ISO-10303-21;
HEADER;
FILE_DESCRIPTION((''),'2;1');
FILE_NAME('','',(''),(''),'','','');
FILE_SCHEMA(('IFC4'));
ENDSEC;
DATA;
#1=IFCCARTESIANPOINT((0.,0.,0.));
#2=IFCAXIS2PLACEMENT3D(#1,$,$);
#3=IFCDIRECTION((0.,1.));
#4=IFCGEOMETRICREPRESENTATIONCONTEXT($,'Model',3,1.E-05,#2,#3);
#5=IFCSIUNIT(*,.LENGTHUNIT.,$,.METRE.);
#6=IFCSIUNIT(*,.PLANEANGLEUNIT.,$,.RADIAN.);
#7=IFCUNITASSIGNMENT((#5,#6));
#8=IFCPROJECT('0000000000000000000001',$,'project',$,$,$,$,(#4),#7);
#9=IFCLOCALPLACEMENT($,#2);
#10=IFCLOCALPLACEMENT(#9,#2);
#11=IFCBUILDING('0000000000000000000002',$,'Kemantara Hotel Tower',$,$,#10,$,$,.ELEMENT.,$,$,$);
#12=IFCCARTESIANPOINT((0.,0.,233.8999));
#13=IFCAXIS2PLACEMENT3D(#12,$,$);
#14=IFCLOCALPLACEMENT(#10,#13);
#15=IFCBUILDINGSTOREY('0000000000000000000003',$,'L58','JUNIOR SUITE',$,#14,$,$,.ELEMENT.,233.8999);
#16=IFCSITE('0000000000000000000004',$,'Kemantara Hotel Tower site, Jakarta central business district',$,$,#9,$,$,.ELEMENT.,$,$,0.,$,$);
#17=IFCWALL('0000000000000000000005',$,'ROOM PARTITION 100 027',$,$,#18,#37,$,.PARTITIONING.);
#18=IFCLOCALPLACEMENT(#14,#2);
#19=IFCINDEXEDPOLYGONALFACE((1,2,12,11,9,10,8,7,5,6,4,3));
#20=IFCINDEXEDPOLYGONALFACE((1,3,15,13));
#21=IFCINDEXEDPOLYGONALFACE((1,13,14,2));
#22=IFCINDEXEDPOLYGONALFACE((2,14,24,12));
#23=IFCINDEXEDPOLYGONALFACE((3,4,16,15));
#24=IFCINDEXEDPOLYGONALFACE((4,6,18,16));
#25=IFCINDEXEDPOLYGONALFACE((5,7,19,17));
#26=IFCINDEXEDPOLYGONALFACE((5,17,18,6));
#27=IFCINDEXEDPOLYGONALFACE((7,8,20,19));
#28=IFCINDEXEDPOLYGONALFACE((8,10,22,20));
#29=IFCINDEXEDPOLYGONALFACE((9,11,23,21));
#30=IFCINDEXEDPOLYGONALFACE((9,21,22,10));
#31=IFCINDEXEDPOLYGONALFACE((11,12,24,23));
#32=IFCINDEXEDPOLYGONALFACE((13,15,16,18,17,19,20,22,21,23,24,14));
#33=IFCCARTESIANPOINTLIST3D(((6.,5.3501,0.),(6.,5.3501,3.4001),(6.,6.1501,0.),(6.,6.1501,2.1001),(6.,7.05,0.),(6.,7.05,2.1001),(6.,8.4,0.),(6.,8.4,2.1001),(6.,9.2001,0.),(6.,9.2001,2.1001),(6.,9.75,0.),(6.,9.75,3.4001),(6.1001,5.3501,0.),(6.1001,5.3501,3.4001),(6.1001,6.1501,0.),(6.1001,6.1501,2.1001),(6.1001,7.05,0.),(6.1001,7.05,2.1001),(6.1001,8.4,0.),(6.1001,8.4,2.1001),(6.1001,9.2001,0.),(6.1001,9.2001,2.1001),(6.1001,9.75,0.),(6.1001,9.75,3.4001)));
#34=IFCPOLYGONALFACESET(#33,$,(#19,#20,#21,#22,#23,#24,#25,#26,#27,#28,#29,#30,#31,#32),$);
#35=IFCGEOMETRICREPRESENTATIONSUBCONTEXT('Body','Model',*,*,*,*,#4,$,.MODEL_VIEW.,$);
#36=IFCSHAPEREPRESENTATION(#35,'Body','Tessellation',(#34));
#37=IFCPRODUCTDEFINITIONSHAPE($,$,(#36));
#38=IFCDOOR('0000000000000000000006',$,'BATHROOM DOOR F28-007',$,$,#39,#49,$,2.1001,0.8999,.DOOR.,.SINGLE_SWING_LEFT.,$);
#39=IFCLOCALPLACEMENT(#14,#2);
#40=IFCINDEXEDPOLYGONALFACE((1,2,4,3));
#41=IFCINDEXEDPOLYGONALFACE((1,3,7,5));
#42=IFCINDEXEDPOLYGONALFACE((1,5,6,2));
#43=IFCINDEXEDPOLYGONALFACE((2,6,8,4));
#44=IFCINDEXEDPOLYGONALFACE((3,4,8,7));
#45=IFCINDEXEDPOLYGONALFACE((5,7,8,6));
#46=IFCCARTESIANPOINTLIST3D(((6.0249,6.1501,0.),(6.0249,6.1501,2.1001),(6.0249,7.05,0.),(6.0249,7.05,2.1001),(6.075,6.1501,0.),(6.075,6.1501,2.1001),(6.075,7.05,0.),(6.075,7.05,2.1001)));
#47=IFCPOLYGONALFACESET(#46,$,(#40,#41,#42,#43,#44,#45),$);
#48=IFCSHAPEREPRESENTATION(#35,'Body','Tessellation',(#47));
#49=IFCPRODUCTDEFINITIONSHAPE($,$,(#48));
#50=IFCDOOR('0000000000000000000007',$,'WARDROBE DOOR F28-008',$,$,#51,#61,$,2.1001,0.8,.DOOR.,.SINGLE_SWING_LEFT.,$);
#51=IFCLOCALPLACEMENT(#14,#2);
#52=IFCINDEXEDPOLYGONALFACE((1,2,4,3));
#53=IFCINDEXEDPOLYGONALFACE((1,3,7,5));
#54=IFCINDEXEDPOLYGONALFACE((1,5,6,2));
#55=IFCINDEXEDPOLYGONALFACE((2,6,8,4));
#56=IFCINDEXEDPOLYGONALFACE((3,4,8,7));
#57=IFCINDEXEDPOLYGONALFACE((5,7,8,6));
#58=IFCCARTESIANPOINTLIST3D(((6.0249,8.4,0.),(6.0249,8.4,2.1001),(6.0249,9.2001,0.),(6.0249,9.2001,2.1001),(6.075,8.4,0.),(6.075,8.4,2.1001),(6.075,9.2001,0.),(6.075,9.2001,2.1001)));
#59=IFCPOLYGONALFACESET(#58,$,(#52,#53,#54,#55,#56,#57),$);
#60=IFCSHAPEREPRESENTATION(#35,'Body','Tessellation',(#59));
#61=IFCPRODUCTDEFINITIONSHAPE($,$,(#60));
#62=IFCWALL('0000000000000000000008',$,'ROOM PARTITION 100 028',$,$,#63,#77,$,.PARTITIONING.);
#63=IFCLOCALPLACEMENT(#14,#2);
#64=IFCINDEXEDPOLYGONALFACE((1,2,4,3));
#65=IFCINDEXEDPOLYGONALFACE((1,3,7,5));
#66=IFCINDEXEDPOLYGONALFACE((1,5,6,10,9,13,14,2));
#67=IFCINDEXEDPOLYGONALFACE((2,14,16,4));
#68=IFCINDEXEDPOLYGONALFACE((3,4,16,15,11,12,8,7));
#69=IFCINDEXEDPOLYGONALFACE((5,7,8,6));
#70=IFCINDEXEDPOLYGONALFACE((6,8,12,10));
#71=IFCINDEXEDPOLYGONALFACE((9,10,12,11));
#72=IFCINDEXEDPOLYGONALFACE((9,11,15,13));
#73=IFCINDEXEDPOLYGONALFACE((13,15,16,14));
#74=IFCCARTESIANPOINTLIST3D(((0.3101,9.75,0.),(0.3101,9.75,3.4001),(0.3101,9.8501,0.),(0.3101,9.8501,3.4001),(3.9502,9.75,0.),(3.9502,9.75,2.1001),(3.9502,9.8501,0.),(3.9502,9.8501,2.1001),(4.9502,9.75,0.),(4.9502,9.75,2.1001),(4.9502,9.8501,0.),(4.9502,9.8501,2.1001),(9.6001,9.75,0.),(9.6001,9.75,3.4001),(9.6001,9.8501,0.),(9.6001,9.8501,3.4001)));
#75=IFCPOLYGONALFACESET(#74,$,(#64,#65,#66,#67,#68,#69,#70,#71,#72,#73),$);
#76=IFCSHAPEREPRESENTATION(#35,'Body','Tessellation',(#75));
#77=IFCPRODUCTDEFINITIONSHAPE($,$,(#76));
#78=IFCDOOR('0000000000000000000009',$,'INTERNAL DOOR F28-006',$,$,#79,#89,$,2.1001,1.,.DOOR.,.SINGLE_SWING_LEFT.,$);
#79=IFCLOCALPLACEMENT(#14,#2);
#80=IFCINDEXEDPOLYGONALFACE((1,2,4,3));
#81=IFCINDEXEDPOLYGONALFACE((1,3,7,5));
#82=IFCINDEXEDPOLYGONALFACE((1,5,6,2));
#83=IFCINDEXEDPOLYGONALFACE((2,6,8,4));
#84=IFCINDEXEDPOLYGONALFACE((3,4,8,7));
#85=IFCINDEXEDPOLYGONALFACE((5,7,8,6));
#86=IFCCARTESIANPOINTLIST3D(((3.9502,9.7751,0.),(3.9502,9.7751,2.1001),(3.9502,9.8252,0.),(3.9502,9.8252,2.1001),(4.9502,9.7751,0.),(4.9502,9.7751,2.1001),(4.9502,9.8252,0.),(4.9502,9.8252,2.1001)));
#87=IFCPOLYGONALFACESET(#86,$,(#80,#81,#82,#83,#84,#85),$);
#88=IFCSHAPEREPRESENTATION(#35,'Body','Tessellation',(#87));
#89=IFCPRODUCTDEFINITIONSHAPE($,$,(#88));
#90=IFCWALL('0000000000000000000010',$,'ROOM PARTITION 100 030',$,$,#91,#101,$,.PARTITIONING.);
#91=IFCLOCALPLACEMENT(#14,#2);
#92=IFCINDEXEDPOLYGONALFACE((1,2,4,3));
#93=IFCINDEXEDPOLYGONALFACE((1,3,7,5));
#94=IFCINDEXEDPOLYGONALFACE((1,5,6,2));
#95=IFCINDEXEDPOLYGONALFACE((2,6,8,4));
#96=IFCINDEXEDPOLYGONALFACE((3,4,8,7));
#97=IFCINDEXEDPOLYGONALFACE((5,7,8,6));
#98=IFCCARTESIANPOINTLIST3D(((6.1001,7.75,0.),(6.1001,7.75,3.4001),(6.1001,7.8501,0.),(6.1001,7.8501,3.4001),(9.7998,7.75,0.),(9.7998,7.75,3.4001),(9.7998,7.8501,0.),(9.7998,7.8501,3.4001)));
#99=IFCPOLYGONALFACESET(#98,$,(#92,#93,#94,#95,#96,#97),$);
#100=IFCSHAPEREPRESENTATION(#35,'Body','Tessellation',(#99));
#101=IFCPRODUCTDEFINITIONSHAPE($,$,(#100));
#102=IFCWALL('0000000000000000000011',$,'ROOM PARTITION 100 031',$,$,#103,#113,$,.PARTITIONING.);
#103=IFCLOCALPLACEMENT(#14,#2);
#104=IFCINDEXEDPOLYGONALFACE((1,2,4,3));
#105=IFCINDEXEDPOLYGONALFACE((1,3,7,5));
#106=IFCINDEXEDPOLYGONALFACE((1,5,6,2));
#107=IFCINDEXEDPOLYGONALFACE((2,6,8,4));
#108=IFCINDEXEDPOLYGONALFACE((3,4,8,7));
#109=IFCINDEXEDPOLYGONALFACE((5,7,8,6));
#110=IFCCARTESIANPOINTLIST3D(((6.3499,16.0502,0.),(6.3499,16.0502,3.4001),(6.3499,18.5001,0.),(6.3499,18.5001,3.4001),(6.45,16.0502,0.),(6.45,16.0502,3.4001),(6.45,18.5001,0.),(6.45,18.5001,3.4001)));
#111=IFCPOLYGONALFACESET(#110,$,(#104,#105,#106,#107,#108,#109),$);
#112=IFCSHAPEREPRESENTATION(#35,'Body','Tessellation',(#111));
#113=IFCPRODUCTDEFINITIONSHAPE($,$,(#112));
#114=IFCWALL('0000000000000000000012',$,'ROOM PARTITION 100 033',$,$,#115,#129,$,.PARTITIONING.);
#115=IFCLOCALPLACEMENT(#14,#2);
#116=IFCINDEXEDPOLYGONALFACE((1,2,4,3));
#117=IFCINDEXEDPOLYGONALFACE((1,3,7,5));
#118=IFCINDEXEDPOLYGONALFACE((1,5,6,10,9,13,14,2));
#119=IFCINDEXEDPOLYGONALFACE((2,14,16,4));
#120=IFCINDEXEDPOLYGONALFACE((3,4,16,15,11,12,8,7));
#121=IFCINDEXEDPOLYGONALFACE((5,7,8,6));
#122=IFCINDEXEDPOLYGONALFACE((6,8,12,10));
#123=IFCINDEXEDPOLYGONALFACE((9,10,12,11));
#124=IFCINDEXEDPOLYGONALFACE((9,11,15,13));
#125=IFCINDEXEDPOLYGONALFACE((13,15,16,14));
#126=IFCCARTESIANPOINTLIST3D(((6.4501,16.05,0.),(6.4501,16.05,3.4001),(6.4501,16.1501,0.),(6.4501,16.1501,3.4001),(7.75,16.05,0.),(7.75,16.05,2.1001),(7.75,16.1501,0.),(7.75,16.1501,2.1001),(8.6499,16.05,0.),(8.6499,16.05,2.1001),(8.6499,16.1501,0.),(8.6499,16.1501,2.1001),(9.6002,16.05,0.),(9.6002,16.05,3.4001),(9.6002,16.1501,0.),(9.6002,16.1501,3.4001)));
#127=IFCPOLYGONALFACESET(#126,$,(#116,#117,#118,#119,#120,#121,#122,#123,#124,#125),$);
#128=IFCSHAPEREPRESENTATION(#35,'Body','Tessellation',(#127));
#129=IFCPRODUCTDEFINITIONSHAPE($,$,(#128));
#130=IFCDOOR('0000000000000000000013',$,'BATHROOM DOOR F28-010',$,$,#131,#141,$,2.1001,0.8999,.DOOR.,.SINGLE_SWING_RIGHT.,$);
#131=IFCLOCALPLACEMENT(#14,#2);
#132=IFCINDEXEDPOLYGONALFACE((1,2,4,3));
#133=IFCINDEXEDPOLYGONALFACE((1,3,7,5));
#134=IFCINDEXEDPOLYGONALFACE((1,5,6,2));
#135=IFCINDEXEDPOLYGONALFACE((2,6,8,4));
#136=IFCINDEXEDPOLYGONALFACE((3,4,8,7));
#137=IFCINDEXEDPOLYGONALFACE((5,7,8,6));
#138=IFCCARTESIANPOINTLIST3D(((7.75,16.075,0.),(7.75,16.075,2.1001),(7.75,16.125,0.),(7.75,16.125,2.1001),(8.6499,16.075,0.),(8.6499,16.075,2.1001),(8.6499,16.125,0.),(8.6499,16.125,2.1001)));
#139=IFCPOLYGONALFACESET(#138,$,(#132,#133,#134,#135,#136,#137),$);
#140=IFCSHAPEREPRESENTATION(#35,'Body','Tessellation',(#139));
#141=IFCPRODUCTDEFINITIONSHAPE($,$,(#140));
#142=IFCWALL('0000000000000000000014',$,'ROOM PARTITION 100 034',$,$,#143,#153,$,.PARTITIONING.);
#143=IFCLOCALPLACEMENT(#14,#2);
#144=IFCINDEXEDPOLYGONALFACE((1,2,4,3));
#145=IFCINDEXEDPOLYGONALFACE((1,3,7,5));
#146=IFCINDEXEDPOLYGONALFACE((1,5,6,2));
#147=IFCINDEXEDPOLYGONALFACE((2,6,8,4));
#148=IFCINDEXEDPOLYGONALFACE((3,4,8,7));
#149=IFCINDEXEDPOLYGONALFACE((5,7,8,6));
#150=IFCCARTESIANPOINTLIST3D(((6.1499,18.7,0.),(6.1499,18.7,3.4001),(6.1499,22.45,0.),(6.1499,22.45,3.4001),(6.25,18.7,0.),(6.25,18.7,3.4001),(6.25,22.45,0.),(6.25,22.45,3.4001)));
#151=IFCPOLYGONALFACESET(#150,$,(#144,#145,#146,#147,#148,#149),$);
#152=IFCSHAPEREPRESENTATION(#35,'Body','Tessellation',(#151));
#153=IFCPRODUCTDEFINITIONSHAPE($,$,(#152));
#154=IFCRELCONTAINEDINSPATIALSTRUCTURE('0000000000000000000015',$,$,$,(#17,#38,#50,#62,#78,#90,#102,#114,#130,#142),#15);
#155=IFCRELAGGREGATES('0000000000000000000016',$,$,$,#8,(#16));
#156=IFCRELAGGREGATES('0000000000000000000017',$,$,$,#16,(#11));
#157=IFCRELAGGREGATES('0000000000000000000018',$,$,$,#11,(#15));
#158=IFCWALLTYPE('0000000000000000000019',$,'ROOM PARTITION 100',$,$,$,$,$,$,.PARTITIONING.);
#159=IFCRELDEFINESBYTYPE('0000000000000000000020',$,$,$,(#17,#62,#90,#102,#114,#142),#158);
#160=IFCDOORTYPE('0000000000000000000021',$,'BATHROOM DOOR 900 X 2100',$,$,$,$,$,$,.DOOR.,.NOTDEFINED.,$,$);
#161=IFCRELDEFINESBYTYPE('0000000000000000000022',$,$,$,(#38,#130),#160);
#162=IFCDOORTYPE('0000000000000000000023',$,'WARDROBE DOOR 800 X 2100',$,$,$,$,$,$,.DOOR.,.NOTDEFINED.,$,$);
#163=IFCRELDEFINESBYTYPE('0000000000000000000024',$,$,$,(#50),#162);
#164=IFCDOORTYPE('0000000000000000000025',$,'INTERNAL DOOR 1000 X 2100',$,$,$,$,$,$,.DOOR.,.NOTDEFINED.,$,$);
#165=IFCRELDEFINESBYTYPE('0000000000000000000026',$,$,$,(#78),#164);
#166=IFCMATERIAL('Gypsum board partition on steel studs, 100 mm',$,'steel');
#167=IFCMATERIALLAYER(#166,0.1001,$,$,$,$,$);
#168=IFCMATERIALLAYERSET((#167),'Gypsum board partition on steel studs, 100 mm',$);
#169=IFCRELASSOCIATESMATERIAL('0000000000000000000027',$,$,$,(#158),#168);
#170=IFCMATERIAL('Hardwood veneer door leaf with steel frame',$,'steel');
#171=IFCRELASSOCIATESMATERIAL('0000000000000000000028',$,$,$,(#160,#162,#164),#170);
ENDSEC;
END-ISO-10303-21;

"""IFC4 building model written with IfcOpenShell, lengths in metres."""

from ifc_helpers import new_model, si_unit, direction, frame, frame_2d, origin, place, context, subcontext, project, spatial, rectangle, extrude, material, layer, layer_set, type_object, element, fill, save


model = new_model("IFC4")

# Units and contexts
model_context = context("Model", 3, precision=1e-05, world=origin(), true_north=direction((0.0, 1.0)))
body_context = subcontext(model_context, "Body", "Model", "MODEL_VIEW")
ifc_project = project(units=[si_unit("LENGTHUNIT", "METRE"), si_unit("PLANEANGLEUNIT", "RADIAN")], contexts=[model_context])

# Site, building, storey
site_placement = place(None, origin())
site = spatial("IfcSite", under=ifc_project, at=site_placement, Name="Kemantara Hotel Tower site, Jakarta central business district", CompositionType="ELEMENT", RefElevation=0.0)
building_placement = place(site_placement, origin())
building = spatial("IfcBuilding", under=site, at=building_placement, Name="Kemantara Hotel Tower", CompositionType="ELEMENT")
storey_placement = place(building_placement, frame((0.0, 0.0, 233.8999)))
storey = spatial("IfcBuildingStorey", under=building, at=storey_placement, Name="L58", Description="JUNIOR SUITE", CompositionType="ELEMENT", Elevation=233.8999)

# Shared definitions
ifc_material_1 = material(Name="Hardwood veneer door leaf with steel frame", Category="steel")

# Wall, openings, doors
ifc_material_2 = material(Name="Gypsum board partition on steel studs, 100 mm", Category="steel")
ifc_layer_1 = layer(ifc_material_2, 0.1001)
ifc_layer_set_1 = layer_set([ifc_layer_1], Name="Gypsum board partition on steel studs, 100 mm")
wall_type_1 = type_object("IfcWallType", Name="ROOM PARTITION 100", PredefinedType="PARTITIONING", material=ifc_layer_set_1)
wall_1_placement = place(storey_placement, frame((6.05, 9.75, 0.0), z_axis=(0.0, 0.0, 1.0), x_axis=(0.0, -1.0, 0.0)))
wall_1 = element("IfcWall", 1, at=wall_1_placement, inside=storey, type_object=wall_type_1, Name="ROOM PARTITION 100 027", PredefinedType="PARTITIONING", context=body_context, shape_type="SweptSolid", body=[
    extrude(rectangle(XDim=4.3999, YDim=0.1001, at=frame_2d((2.2, 0.0))), origin(), (0.0, 0.0, 1.0), 3.4001),
])
opening_1_placement = place(wall_1_placement, frame((2.7, 0.0, 0.0)))
opening_1 = element("IfcOpeningElement", 2, at=opening_1_placement, cuts=wall_1, PredefinedType="OPENING", context=body_context, shape_type="SweptSolid", body=[
    extrude(rectangle(XDim=0.8999, YDim=2.1001, at=frame_2d((0.45, 1.05))), frame((0.0, 0.0601, 0.0), z_axis=(0.0, -1.0, 0.0), x_axis=(1.0, 0.0, 0.0)), (0.0, 0.0, 1.0), 0.1201),
])
opening_2_placement = place(wall_1_placement, frame((0.55, 0.0, 0.0)))
opening_2 = element("IfcOpeningElement", 3, at=opening_2_placement, cuts=wall_1, PredefinedType="OPENING", context=body_context, shape_type="SweptSolid", body=[
    extrude(rectangle(XDim=0.8, YDim=2.1001, at=frame_2d((0.3999, 1.05))), frame((0.0, 0.0601, 0.0), z_axis=(0.0, -1.0, 0.0), x_axis=(1.0, 0.0, 0.0)), (0.0, 0.0, 1.0), 0.1201),
])
door_type_1 = type_object("IfcDoorType", Name="BATHROOM DOOR 900 X 2100", OperationType="NOTDEFINED", PredefinedType="DOOR", material=ifc_material_1)
door_1_placement = place(opening_1_placement, origin())
door_1 = element("IfcDoor", 4, at=door_1_placement, inside=storey, type_object=door_type_1, Name="BATHROOM DOOR F28-007", OperationType="SINGLE_SWING_LEFT", OverallHeight=2.1001, OverallWidth=0.8999, PredefinedType="DOOR", context=body_context, shape_type="SweptSolid", body=[
    extrude(rectangle(XDim=0.8999, YDim=2.1001, at=frame_2d((0.45, 1.05))), frame((0.0, 0.0249, 0.0), z_axis=(0.0, -1.0, 0.0), x_axis=(1.0, 0.0, 0.0)), (0.0, 0.0, 1.0), 0.05),
])
fill(opening_1, door_1)
door_type_2 = type_object("IfcDoorType", Name="WARDROBE DOOR 800 X 2100", OperationType="NOTDEFINED", PredefinedType="DOOR", material=ifc_material_1)
door_2_placement = place(opening_2_placement, origin())
door_2 = element("IfcDoor", 5, at=door_2_placement, inside=storey, type_object=door_type_2, Name="WARDROBE DOOR F28-008", OperationType="SINGLE_SWING_LEFT", OverallHeight=2.1001, OverallWidth=0.8, PredefinedType="DOOR", context=body_context, shape_type="SweptSolid", body=[
    extrude(rectangle(XDim=0.8, YDim=2.1001, at=frame_2d((0.3999, 1.05))), frame((0.0, 0.0249, 0.0), z_axis=(0.0, -1.0, 0.0), x_axis=(1.0, 0.0, 0.0)), (0.0, 0.0, 1.0), 0.05),
])
fill(opening_2, door_2)

# Wall, opening, door
wall_2_placement = place(storey_placement, frame((9.6001, 9.8, 0.0), z_axis=(0.0, 0.0, 1.0), x_axis=(-1.0, 0.0, 0.0)))
wall_2 = element("IfcWall", 6, at=wall_2_placement, inside=storey, type_object=wall_type_1, Name="ROOM PARTITION 100 028", PredefinedType="PARTITIONING", context=body_context, shape_type="SweptSolid", body=[
    extrude(rectangle(XDim=9.29, YDim=0.1001, at=frame_2d((4.645, 0.0))), origin(), (0.0, 0.0, 1.0), 3.4001),
])
opening_3_placement = place(wall_2_placement, frame((4.6499, 0.0, 0.0)))
opening_3 = element("IfcOpeningElement", 7, at=opening_3_placement, cuts=wall_2, PredefinedType="OPENING", context=body_context, shape_type="SweptSolid", body=[
    extrude(rectangle(XDim=1.0, YDim=2.1001, at=frame_2d((0.5, 1.05))), frame((0.0, 0.0601, 0.0), z_axis=(0.0, -1.0, 0.0), x_axis=(1.0, 0.0, 0.0)), (0.0, 0.0, 1.0), 0.1201),
])
door_type_3 = type_object("IfcDoorType", Name="INTERNAL DOOR 1000 X 2100", OperationType="NOTDEFINED", PredefinedType="DOOR", material=ifc_material_1)
door_3_placement = place(opening_3_placement, origin())
door_3 = element("IfcDoor", 8, at=door_3_placement, inside=storey, type_object=door_type_3, Name="INTERNAL DOOR F28-006", OperationType="SINGLE_SWING_LEFT", OverallHeight=2.1001, OverallWidth=1.0, PredefinedType="DOOR", context=body_context, shape_type="SweptSolid", body=[
    extrude(rectangle(XDim=1.0, YDim=2.1001, at=frame_2d((0.5, 1.05))), frame((0.0, 0.0249, 0.0), z_axis=(0.0, -1.0, 0.0), x_axis=(1.0, 0.0, 0.0)), (0.0, 0.0, 1.0), 0.05),
])
fill(opening_3, door_3)

# Walls
wall_3_placement = place(storey_placement, frame((6.1001, 7.8, 0.0), z_axis=(0.0, 0.0, 1.0), x_axis=(1.0, 0.0, 0.0)))
element("IfcWall", 9, at=wall_3_placement, inside=storey, type_object=wall_type_1, Name="ROOM PARTITION 100 030", PredefinedType="PARTITIONING", context=body_context, shape_type="SweptSolid", body=[
    extrude(rectangle(XDim=3.6997, YDim=0.1001, at=frame_2d((1.8499, 0.0))), origin(), (0.0, 0.0, 1.0), 3.4001),
])
wall_4_placement = place(storey_placement, frame((6.3999, 16.05, 0.0), z_axis=(0.0, 0.0, 1.0), x_axis=(0.0, 1.0, 0.0)))
element("IfcWall", 10, at=wall_4_placement, inside=storey, type_object=wall_type_1, Name="ROOM PARTITION 100 031", PredefinedType="PARTITIONING", context=body_context, shape_type="SweptSolid", body=[
    extrude(rectangle(XDim=2.45, YDim=0.1001, at=frame_2d((1.2251, 0.0))), origin(), (0.0, 0.0, 1.0), 3.4001),
])

# Wall, opening, door
wall_5_placement = place(storey_placement, frame((6.45, 16.1001, 0.0), z_axis=(0.0, 0.0, 1.0), x_axis=(1.0, 0.0, 0.0)))
wall_5 = element("IfcWall", 11, at=wall_5_placement, inside=storey, type_object=wall_type_1, Name="ROOM PARTITION 100 033", PredefinedType="PARTITIONING", context=body_context, shape_type="SweptSolid", body=[
    extrude(rectangle(XDim=3.1501, YDim=0.1001, at=frame_2d((1.5752, 0.0))), origin(), (0.0, 0.0, 1.0), 3.4001),
])
opening_4_placement = place(wall_5_placement, frame((1.3, 0.0, 0.0)))
opening_4 = element("IfcOpeningElement", 12, at=opening_4_placement, cuts=wall_5, PredefinedType="OPENING", context=body_context, shape_type="SweptSolid", body=[
    extrude(rectangle(XDim=0.8999, YDim=2.1001, at=frame_2d((0.45, 1.05))), frame((0.0, 0.0601, 0.0), z_axis=(0.0, -1.0, 0.0), x_axis=(1.0, 0.0, 0.0)), (0.0, 0.0, 1.0), 0.1201),
])
door_4_placement = place(opening_4_placement, origin())
door_4 = element("IfcDoor", 13, at=door_4_placement, inside=storey, type_object=door_type_1, Name="BATHROOM DOOR F28-010", OperationType="SINGLE_SWING_RIGHT", OverallHeight=2.1001, OverallWidth=0.8999, PredefinedType="DOOR", context=body_context, shape_type="SweptSolid", body=[
    extrude(rectangle(XDim=0.8999, YDim=2.1001, at=frame_2d((0.45, 1.05))), frame((0.0, 0.0249, 0.0), z_axis=(0.0, -1.0, 0.0), x_axis=(1.0, 0.0, 0.0)), (0.0, 0.0, 1.0), 0.05),
])
fill(opening_4, door_4)

# Wall
wall_6_placement = place(storey_placement, frame((6.2, 18.7, 0.0), z_axis=(0.0, 0.0, 1.0), x_axis=(0.0, 1.0, 0.0)))
element("IfcWall", 14, at=wall_6_placement, inside=storey, type_object=wall_type_1, Name="ROOM PARTITION 100 034", PredefinedType="PARTITIONING", context=body_context, shape_type="SweptSolid", body=[
    extrude(rectangle(XDim=3.75, YDim=0.1001, at=frame_2d((1.875, 0.0))), origin(), (0.0, 0.0, 1.0), 3.4001),
])

save(model, "model.ifc")
